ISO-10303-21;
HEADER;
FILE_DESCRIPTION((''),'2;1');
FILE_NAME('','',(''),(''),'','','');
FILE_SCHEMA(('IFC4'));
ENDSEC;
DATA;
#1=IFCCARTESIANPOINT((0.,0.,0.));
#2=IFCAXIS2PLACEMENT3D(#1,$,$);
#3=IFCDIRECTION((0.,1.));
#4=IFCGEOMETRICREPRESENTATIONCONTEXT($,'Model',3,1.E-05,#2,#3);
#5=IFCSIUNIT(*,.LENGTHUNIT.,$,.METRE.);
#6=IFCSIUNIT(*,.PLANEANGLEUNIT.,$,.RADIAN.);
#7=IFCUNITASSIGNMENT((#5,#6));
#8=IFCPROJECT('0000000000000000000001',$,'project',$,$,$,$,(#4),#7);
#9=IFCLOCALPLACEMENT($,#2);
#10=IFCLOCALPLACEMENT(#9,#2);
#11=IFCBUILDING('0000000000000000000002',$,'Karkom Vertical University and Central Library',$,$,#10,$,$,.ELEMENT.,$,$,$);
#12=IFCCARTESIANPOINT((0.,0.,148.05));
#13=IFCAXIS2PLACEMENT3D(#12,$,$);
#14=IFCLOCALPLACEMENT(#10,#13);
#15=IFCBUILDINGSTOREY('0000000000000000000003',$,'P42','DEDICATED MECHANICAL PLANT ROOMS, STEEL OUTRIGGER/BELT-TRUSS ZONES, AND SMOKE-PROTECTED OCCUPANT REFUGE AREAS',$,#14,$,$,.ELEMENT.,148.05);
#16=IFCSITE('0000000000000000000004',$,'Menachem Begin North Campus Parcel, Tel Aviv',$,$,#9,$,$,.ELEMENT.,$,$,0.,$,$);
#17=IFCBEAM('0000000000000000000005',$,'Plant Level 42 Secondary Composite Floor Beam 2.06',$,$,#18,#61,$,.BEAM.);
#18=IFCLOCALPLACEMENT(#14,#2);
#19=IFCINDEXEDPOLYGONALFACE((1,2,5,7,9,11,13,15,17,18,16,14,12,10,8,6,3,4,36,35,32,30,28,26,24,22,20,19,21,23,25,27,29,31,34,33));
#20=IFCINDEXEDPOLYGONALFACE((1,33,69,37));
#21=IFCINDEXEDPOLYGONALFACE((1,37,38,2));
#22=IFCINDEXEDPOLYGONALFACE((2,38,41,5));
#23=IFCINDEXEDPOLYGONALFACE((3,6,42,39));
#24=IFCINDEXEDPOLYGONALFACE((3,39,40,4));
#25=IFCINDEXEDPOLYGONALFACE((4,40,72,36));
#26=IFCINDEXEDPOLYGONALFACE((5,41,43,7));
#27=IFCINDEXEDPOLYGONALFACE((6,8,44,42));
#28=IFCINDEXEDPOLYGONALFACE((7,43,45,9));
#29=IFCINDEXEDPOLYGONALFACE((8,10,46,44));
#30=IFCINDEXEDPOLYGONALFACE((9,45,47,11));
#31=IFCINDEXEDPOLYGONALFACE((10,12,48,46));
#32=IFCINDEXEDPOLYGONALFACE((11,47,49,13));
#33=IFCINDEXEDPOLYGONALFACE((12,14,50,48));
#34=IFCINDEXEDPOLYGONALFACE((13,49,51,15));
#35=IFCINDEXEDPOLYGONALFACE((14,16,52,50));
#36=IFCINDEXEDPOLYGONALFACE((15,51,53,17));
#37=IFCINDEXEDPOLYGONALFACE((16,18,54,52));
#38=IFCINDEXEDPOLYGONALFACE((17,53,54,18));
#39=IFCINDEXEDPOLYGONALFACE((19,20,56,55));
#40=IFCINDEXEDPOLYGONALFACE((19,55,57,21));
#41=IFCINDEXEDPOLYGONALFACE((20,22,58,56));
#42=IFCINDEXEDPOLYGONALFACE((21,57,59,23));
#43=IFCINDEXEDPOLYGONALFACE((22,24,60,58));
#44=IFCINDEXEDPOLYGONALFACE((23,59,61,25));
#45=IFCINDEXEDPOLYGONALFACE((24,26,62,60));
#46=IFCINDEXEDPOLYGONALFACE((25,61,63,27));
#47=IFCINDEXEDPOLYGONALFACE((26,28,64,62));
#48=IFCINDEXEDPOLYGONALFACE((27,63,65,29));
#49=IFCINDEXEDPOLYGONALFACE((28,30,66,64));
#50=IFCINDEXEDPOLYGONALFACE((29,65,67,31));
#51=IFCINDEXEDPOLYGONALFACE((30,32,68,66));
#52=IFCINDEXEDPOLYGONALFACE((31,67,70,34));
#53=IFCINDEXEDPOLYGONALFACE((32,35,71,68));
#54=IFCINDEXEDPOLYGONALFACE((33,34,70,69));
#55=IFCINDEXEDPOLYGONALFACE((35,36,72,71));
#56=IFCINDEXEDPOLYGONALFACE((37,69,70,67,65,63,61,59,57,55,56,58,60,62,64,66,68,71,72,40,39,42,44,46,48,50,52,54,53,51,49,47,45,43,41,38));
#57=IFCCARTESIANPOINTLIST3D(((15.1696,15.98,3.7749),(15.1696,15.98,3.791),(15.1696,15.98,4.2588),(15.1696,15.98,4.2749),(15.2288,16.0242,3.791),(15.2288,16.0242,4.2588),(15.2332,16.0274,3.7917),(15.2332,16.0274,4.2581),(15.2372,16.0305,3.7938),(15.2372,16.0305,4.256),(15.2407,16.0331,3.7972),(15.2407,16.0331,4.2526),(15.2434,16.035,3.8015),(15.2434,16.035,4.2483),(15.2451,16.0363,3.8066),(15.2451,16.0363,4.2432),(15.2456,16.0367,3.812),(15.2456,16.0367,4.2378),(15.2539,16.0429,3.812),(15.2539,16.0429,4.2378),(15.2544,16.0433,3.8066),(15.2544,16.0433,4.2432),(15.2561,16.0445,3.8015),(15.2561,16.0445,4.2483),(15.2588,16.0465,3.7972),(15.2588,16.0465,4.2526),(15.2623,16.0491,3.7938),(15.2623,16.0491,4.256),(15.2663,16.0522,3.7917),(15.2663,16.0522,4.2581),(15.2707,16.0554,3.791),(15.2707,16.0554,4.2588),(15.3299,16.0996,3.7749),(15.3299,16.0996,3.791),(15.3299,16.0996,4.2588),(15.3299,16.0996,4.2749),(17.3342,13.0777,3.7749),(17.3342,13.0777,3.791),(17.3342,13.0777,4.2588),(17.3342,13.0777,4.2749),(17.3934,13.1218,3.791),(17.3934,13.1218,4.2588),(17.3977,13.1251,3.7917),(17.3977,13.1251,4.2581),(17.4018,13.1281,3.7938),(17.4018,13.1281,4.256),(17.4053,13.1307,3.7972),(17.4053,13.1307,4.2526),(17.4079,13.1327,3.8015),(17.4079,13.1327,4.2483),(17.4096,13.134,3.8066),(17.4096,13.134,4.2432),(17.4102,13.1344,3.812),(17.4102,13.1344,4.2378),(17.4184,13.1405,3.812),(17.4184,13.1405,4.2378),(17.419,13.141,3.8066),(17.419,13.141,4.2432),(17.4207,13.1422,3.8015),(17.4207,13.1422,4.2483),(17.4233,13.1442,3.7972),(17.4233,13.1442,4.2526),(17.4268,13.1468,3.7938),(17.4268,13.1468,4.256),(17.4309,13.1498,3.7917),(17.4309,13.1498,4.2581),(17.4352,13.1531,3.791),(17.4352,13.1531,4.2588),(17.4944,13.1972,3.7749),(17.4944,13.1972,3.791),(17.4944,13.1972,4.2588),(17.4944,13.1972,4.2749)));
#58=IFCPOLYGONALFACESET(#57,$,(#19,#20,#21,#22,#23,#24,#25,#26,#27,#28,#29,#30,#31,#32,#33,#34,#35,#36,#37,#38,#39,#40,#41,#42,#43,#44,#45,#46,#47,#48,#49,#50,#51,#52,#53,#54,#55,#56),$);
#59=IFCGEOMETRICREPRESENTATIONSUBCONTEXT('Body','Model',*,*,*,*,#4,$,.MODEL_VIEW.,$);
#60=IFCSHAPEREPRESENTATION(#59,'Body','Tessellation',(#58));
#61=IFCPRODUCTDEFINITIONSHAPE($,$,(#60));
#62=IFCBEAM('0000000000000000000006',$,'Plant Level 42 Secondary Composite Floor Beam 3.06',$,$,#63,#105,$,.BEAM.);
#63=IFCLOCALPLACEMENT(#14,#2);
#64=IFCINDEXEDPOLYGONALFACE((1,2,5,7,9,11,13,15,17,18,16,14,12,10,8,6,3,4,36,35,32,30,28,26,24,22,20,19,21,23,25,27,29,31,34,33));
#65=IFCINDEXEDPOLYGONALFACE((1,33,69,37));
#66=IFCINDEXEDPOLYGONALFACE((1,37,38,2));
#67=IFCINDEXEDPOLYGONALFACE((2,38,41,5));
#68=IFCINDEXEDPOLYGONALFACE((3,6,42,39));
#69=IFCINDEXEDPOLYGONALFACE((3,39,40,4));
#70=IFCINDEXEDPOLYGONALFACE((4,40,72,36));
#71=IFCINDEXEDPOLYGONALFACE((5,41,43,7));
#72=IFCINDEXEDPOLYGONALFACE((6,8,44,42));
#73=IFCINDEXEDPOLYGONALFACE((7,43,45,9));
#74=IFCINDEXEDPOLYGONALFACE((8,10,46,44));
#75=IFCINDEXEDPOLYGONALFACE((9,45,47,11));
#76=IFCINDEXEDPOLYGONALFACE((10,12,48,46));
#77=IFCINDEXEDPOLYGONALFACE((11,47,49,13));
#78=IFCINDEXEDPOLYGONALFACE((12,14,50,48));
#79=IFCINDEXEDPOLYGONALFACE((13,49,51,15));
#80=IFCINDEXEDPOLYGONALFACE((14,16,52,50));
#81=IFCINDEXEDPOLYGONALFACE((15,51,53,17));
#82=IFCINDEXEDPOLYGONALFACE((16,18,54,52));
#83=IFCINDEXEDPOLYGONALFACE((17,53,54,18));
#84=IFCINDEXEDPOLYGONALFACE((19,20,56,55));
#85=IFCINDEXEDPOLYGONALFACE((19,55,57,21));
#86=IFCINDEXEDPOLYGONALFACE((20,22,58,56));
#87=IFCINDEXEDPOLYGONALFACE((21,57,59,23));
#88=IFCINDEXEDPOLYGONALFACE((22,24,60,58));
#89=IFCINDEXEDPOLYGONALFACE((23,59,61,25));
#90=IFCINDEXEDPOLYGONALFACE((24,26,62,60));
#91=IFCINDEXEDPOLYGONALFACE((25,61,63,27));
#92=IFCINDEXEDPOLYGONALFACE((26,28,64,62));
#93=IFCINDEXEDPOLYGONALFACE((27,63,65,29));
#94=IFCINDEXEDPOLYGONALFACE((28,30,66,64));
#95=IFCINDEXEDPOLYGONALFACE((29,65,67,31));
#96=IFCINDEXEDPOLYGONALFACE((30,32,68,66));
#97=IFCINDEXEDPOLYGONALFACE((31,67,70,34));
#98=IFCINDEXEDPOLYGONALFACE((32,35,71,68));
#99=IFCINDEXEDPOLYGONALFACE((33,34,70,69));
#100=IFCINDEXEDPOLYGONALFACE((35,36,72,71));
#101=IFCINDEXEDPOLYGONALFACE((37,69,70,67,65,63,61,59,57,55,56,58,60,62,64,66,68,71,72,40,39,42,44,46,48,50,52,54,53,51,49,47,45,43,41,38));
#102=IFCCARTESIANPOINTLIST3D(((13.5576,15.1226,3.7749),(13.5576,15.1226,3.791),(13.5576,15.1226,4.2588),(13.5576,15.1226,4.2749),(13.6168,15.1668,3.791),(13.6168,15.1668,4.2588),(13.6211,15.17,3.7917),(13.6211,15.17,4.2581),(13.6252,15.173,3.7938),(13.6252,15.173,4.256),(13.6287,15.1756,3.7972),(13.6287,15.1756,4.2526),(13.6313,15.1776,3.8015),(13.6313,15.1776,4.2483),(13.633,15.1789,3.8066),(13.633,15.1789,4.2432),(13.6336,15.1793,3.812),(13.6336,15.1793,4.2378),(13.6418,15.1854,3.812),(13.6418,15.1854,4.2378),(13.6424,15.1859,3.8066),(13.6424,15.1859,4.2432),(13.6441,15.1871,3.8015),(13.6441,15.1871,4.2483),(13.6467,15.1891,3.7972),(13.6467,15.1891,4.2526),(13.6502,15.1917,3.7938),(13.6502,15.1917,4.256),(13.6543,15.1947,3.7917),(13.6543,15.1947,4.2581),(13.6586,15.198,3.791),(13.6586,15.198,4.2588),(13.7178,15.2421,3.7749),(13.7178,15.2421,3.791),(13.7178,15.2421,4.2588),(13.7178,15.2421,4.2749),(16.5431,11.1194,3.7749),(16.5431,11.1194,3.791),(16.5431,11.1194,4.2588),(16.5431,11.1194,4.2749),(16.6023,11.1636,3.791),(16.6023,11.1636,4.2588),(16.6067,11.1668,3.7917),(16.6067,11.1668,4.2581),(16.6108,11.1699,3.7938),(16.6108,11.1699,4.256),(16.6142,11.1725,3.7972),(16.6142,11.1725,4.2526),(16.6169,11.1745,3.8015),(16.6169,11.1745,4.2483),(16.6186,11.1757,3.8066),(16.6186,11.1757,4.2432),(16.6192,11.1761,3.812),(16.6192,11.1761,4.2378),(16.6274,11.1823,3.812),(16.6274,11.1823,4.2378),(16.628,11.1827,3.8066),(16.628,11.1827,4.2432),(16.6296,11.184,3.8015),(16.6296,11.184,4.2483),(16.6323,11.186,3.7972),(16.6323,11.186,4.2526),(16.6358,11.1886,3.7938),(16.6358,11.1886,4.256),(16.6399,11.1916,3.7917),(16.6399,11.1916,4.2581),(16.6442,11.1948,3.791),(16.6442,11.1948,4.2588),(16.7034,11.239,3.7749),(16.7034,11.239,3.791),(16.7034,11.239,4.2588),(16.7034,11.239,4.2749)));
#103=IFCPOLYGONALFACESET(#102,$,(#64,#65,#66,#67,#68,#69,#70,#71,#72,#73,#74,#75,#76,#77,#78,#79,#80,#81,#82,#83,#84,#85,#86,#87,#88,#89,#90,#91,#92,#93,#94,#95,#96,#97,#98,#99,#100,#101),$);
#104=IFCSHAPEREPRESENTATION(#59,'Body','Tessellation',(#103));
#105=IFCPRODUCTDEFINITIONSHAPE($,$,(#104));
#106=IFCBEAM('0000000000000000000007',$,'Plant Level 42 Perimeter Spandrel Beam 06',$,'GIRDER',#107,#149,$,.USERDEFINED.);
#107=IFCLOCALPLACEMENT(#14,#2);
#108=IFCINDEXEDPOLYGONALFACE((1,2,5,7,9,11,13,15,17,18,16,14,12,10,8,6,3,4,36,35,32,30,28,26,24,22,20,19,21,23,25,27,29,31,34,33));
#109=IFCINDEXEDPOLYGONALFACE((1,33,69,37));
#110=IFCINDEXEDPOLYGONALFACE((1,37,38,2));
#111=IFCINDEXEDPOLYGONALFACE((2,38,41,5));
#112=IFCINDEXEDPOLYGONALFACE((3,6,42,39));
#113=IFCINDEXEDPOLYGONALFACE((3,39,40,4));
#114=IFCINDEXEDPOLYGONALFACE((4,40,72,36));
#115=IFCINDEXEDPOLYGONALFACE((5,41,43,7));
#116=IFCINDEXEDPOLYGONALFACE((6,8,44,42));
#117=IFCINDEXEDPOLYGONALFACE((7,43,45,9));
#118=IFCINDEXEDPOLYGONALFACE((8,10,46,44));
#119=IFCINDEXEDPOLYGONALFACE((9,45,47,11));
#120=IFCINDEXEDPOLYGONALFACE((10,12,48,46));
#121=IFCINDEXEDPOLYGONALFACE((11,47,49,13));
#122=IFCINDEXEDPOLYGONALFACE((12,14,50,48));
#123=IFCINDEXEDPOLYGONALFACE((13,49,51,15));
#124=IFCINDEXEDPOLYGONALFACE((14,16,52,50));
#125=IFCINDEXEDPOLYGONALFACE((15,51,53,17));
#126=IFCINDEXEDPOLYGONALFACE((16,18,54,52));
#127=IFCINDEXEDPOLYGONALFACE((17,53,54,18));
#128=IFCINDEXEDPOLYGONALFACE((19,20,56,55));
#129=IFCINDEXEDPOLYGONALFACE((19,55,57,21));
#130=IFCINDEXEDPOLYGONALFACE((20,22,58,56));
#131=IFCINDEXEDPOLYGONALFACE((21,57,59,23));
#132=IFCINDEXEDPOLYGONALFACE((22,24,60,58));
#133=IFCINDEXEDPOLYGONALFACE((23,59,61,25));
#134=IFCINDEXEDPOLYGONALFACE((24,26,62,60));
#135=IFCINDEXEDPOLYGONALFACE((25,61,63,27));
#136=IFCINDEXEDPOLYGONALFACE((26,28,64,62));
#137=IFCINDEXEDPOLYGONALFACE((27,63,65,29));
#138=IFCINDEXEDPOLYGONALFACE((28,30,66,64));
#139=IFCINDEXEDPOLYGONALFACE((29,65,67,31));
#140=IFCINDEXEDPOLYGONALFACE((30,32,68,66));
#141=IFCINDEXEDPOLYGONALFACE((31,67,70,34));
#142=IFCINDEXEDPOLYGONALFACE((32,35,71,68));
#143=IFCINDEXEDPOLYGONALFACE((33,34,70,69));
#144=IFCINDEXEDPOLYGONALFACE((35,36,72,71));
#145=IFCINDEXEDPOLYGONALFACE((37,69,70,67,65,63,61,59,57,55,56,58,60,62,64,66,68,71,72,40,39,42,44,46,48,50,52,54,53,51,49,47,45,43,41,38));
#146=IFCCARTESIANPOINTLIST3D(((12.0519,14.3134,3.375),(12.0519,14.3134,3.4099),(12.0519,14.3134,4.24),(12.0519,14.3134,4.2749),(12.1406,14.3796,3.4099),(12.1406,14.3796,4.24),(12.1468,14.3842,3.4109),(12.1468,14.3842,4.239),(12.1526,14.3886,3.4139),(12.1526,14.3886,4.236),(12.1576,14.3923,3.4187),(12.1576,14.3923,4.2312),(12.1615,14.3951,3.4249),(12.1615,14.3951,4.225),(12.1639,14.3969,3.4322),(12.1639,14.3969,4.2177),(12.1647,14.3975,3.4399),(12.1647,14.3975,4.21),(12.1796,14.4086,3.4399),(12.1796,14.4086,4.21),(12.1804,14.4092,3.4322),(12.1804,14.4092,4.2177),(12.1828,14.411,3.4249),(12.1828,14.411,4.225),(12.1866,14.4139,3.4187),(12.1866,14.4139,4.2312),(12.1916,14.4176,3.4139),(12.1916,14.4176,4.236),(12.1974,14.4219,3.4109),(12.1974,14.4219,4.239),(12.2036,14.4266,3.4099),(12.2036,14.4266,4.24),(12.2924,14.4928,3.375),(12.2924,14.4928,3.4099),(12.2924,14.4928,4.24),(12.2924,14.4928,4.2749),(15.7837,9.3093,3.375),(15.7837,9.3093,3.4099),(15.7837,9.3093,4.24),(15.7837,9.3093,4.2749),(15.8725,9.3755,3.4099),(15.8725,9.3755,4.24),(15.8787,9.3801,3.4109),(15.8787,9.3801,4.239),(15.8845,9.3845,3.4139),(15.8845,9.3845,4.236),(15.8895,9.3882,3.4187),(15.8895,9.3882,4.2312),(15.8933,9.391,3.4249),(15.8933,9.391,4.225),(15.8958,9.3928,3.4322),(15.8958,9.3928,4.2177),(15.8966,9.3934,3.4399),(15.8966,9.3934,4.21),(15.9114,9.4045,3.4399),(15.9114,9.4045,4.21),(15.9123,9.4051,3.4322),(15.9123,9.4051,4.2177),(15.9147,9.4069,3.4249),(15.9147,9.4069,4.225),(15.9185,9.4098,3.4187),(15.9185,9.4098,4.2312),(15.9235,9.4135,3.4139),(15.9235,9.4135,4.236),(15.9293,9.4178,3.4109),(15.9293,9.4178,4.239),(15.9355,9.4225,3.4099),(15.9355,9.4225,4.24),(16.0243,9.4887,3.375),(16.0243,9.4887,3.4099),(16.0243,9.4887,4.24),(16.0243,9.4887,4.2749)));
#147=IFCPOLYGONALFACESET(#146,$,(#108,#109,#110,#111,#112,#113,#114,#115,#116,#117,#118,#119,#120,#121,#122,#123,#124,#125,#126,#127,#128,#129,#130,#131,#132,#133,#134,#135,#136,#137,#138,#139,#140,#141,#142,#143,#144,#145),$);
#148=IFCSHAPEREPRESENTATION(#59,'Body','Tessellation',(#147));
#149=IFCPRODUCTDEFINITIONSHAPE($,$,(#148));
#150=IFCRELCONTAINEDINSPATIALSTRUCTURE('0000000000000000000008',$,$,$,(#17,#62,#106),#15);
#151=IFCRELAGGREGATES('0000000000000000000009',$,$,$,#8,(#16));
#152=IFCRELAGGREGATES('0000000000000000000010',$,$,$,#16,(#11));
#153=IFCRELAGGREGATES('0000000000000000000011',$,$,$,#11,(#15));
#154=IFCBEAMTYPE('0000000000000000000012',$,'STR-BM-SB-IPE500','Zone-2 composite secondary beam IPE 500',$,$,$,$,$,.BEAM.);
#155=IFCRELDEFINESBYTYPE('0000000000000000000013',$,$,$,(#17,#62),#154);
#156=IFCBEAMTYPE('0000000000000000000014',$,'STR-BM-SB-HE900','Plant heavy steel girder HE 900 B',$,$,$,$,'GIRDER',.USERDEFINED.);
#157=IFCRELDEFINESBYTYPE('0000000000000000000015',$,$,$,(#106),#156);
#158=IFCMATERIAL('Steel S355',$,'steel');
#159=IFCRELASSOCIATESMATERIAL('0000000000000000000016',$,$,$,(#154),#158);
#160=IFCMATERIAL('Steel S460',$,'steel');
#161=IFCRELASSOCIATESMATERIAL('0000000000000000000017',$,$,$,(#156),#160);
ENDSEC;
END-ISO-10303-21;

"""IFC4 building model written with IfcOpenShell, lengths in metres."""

from ifc_helpers import new_model, si_unit, direction, frame, origin, origin_with_axes, origin_2d, place, context, subcontext, project, spatial, i_section, extrude, source, transform, mapped, material, material_profile, profile_set, type_object, element, save


model = new_model("IFC4")

# Units and contexts
model_context = context("Model", 3, precision=1e-05, world=origin(), true_north=direction((0.0, 1.0)))
body_context = subcontext(model_context, "Body", "Model", "MODEL_VIEW")
ifc_project = project(units=[si_unit("LENGTHUNIT", "METRE"), si_unit("PLANEANGLEUNIT", "RADIAN")], contexts=[model_context])

# Site, building, storey
site_placement = place(None, origin())
site = spatial("IfcSite", under=ifc_project, at=site_placement, Name="Menachem Begin North Campus Parcel, Tel Aviv", CompositionType="ELEMENT", RefElevation=0.0)
building_placement = place(site_placement, origin())
building = spatial("IfcBuilding", under=site, at=building_placement, Name="Karkom Vertical University and Central Library", CompositionType="ELEMENT")
storey_placement = place(building_placement, frame((0.0, 0.0, 148.05)))
storey = spatial("IfcBuildingStorey", under=building, at=storey_placement, Name="P42", Description="DEDICATED MECHANICAL PLANT ROOMS, STEEL OUTRIGGER/BELT-TRUSS ZONES, AND SMOKE-PROTECTED OCCUPANT REFUGE AREAS", CompositionType="ELEMENT", Elevation=148.05)

# Shared definitions
ifc_material_1 = material(Name="Steel S355", Category="steel")

# Beams
ifc_material_profile_1 = material_profile(ifc_material_1, i_section(OverallWidth=0.2, OverallDepth=0.5, WebThickness=0.0103, FlangeThickness=0.0161, FilletRadius=0.021, at=origin_2d()), Name="IPE 500")
ifc_profile_set_1 = profile_set([ifc_material_profile_1], Name="Steel S355")
beam_type_1 = type_object("IfcBeamType", Name="STR-BM-SB-IPE500", Description="Zone-2 composite secondary beam IPE 500", PredefinedType="BEAM", material=ifc_profile_set_1)
shared_shape_1 = source(origin_with_axes(), body_context, "Body", "SweptSolid", [
    extrude(i_section(OverallWidth=0.2, OverallDepth=0.5, WebThickness=0.0103, FlangeThickness=0.0161, FilletRadius=0.021, at=origin_2d()), origin(), (0.0, 0.0, 1.0), 3.6206),
])
beam_1_placement = place(storey_placement, frame((15.2498, 16.0398, 4.0249), z_axis=(0.59784, -0.801615, 0.0), x_axis=(0.801615, 0.59784, 0.0)))
element("IfcBeam", 1, at=beam_1_placement, inside=storey, type_object=beam_type_1, Name="Plant Level 42 Secondary Composite Floor Beam 2.06", PredefinedType="BEAM", context=body_context, shape_type="MappedRepresentation", body=[
    mapped(shared_shape_1, transform((0.0, 0.0, 0.0), scale=1.0)),
])
shared_shape_2 = source(origin_with_axes(), body_context, "Body", "SweptSolid", [
    extrude(i_section(OverallWidth=0.2, OverallDepth=0.5, WebThickness=0.0103, FlangeThickness=0.0161, FilletRadius=0.021, at=origin_2d()), origin(), (0.0, 0.0, 1.0), 4.9939),
])
beam_2_placement = place(storey_placement, frame((13.6377, 15.1824, 4.0249), z_axis=(0.597847, -0.80161, 0.0), x_axis=(0.80161, 0.597847, 0.0)))
element("IfcBeam", 2, at=beam_2_placement, inside=storey, type_object=beam_type_1, Name="Plant Level 42 Secondary Composite Floor Beam 3.06", PredefinedType="BEAM", context=body_context, shape_type="MappedRepresentation", body=[
    mapped(shared_shape_2, transform((0.0, 0.0, 0.0), scale=1.0)),
])
ifc_material_2 = material(Name="Steel S460", Category="steel")
ifc_material_profile_2 = material_profile(ifc_material_2, i_section(OverallWidth=0.3, OverallDepth=0.8999, WebThickness=0.0186, FlangeThickness=0.0349, FilletRadius=0.03, at=origin_2d()), Name="HE 900 B")
ifc_profile_set_2 = profile_set([ifc_material_profile_2], Name="Steel S460")
beam_type_2 = type_object("IfcBeamType", Name="STR-BM-SB-HE900", Description="Plant heavy steel girder HE 900 B", ElementType="GIRDER", PredefinedType="USERDEFINED", material=ifc_profile_set_2)
shared_shape_3 = source(origin_with_axes(), body_context, "Body", "SweptSolid", [
    extrude(i_section(OverallWidth=0.3, OverallDepth=0.8999, WebThickness=0.0186, FlangeThickness=0.0349, FilletRadius=0.03, at=origin_2d()), origin(), (0.0, 0.0, 1.0), 6.2424),
])
beam_3_placement = place(storey_placement, frame((12.1721, 14.4031, 3.825), z_axis=(0.597826, -0.801626, 0.0), x_axis=(0.801626, 0.597826, 0.0)))
element("IfcBeam", 3, at=beam_3_placement, inside=storey, type_object=beam_type_2, Name="Plant Level 42 Perimeter Spandrel Beam 06", ObjectType="GIRDER", PredefinedType="USERDEFINED", context=body_context, shape_type="MappedRepresentation", body=[
    mapped(shared_shape_3, transform((0.0, 0.0, 0.0), scale=1.0)),
])

save(model, "model.ifc")
